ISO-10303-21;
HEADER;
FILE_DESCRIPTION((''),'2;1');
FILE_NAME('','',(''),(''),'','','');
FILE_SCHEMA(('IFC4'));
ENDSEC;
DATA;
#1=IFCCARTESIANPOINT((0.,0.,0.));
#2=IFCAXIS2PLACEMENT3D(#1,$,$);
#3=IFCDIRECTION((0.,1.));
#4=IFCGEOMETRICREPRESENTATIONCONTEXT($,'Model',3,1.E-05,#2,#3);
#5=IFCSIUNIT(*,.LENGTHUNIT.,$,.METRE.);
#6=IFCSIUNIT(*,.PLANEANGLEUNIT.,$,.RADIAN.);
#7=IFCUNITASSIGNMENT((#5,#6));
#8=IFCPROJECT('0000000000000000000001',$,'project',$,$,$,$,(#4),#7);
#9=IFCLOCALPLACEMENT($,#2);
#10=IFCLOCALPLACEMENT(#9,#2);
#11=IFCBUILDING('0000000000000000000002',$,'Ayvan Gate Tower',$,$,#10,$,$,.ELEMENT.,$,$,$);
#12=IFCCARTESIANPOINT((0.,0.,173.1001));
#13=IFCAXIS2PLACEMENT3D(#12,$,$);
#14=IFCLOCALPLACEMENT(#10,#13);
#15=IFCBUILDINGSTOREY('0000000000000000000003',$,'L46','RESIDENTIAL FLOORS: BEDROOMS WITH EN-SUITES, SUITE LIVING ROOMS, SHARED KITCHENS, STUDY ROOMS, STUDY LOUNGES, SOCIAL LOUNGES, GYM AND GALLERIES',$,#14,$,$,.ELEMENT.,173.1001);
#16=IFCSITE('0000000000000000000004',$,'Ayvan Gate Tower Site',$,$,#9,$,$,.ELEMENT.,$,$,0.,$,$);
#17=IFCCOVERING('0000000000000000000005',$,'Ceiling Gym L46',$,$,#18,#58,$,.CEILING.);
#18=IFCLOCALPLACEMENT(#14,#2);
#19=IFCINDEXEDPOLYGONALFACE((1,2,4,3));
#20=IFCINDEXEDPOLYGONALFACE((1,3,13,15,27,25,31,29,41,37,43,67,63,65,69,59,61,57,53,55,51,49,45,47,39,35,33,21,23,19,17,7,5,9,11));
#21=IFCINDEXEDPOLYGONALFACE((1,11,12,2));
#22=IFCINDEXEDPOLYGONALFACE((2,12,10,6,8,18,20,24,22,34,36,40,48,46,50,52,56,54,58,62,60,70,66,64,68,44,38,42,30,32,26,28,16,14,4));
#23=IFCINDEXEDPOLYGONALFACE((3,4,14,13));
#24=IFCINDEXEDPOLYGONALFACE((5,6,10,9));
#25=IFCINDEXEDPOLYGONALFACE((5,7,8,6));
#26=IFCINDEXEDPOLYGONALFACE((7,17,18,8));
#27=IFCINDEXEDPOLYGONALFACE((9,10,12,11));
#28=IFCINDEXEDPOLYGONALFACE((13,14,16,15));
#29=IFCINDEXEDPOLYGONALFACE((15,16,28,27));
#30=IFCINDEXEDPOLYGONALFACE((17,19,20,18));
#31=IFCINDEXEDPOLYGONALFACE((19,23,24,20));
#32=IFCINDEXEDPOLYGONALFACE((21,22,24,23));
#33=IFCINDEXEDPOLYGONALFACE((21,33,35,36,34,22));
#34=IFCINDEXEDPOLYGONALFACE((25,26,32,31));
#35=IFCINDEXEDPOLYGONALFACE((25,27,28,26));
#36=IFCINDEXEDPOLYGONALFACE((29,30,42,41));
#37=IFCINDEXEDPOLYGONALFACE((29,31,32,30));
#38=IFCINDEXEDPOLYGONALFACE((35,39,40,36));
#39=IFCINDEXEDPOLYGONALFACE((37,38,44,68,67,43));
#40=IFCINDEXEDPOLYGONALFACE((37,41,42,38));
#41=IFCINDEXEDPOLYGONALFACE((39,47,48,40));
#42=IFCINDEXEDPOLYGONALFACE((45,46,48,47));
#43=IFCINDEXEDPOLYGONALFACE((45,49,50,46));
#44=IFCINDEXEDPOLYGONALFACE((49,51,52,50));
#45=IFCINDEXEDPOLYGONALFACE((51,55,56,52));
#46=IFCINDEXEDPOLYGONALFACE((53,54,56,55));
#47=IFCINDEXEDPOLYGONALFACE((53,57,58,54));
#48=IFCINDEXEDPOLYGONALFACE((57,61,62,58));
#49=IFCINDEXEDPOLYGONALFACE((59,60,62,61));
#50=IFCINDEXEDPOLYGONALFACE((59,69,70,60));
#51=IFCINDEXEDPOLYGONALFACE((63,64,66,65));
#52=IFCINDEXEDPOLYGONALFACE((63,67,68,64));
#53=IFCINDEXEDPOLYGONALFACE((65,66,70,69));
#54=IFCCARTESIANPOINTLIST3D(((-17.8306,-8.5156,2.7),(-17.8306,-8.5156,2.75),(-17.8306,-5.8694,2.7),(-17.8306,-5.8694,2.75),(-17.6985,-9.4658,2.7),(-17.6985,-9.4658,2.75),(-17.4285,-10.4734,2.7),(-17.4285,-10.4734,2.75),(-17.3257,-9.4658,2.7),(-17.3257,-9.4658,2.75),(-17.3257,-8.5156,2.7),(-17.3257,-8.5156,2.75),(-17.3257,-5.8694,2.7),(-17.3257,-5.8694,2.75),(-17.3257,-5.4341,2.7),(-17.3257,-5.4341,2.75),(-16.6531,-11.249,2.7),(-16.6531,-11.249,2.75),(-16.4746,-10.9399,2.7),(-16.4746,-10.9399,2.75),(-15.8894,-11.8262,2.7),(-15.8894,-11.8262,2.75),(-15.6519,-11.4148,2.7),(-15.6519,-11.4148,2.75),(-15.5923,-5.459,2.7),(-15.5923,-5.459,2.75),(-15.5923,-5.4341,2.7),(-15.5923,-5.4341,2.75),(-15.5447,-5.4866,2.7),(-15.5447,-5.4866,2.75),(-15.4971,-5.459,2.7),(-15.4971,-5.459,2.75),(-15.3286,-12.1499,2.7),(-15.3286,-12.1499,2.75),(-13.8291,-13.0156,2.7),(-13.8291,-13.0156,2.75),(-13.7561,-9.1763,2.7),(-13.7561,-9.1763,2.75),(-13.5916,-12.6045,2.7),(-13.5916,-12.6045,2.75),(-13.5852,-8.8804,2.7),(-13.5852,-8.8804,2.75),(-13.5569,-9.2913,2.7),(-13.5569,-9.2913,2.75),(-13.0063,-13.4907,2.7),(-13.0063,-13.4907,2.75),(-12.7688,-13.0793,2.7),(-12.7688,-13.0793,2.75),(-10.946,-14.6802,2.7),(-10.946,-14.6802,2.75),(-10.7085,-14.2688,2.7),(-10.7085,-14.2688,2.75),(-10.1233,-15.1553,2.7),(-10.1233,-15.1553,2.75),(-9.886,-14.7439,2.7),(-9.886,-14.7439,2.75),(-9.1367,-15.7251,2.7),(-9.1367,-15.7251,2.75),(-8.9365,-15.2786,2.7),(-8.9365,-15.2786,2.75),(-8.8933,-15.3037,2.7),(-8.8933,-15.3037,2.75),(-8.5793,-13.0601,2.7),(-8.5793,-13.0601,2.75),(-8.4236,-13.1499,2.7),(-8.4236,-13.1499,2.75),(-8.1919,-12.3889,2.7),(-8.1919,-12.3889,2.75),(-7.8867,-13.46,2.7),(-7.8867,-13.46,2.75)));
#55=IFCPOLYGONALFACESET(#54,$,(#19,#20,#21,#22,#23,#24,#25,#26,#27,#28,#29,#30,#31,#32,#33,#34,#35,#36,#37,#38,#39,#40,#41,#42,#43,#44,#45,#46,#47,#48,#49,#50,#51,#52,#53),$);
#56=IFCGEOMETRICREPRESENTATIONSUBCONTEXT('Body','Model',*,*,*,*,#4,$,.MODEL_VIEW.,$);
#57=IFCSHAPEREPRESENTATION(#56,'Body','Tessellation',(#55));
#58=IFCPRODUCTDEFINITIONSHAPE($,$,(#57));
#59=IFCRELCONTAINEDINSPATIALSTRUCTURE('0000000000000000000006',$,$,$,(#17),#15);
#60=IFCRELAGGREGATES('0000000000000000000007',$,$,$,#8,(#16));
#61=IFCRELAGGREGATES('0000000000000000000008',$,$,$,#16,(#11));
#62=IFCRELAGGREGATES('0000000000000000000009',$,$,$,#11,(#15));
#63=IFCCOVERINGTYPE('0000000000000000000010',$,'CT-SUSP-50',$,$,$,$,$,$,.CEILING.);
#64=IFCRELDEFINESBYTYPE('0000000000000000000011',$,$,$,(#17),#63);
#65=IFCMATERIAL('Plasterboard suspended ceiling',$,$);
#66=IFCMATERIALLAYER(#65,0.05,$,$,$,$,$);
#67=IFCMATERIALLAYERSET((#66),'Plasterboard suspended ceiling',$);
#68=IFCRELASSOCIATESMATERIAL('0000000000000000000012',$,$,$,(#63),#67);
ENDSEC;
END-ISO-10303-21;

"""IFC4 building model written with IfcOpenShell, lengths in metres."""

from ifc_helpers import new_model, si_unit, direction, frame, origin, place, context, subcontext, project, spatial, polyline, outline, extrude, material, layer, layer_set, type_object, element, save


model = new_model("IFC4")

# Units and contexts
model_context = context("Model", 3, precision=1e-05, world=origin(), true_north=direction((0.0, 1.0)))
body_context = subcontext(model_context, "Body", "Model", "MODEL_VIEW")
ifc_project = project(units=[si_unit("LENGTHUNIT", "METRE"), si_unit("PLANEANGLEUNIT", "RADIAN")], contexts=[model_context])

# Site, building, storey
site_placement = place(None, origin())
site = spatial("IfcSite", under=ifc_project, at=site_placement, Name="Ayvan Gate Tower Site", CompositionType="ELEMENT", RefElevation=0.0)
building_placement = place(site_placement, origin())
building = spatial("IfcBuilding", under=site, at=building_placement, Name="Ayvan Gate Tower", CompositionType="ELEMENT")
storey_placement = place(building_placement, frame((0.0, 0.0, 173.1001)))
storey = spatial("IfcBuildingStorey", under=building, at=storey_placement, Name="L46", Description="RESIDENTIAL FLOORS: BEDROOMS WITH EN-SUITES, SUITE LIVING ROOMS, SHARED KITCHENS, STUDY ROOMS, STUDY LOUNGES, SOCIAL LOUNGES, GYM AND GALLERIES", CompositionType="ELEMENT", Elevation=173.1001)

# Covering
ifc_material_1 = material(Name="Plasterboard suspended ceiling")
ifc_layer_1 = layer(ifc_material_1, 0.05)
ifc_layer_set_1 = layer_set([ifc_layer_1], Name="Plasterboard suspended ceiling")
covering_type = type_object("IfcCoveringType", Name="CT-SUSP-50", PredefinedType="CEILING", material=ifc_layer_set_1)
covering_1_placement = place(storey_placement, frame((0.0, 0.0, 2.7)))
element("IfcCovering", 1, at=covering_1_placement, inside=storey, type_object=covering_type, Name="Ceiling Gym L46", PredefinedType="CEILING", context=body_context, shape_type="SweptSolid", body=[
    extrude(outline(polyline([(-17.3257, -9.4658), (-17.3257, -8.5156), (-17.8306, -8.5156), (-17.8306, -5.8694), (-17.3257, -5.8694), (-17.3257, -5.4341), (-15.5923, -5.4341), (-15.5923, -5.459), (-15.4971, -5.459), (-15.5447, -5.4866), (-13.5852, -8.8804), (-13.7561, -9.1763), (-13.5569, -9.2913), (-8.1919, -12.3889), (-8.5793, -13.0601), (-8.4236, -13.1499), (-7.8867, -13.46), (-8.9365, -15.2786), (-8.8933, -15.3037), (-9.1367, -15.7251), (-10.1233, -15.1553), (-9.886, -14.7439), (-10.7085, -14.2688), (-10.946, -14.6802), (-13.0063, -13.4907), (-12.7688, -13.0793), (-13.5916, -12.6045), (-13.8291, -13.0156), (-15.3286, -12.1499), (-15.8894, -11.8262), (-15.6519, -11.4148), (-16.4746, -10.9399), (-16.6531, -11.249), (-17.4285, -10.4734), (-17.6985, -9.4658), (-17.3257, -9.4658)])), origin(), (0.0, 0.0, 1.0), 0.05),
])

save(model, "model.ifc")
